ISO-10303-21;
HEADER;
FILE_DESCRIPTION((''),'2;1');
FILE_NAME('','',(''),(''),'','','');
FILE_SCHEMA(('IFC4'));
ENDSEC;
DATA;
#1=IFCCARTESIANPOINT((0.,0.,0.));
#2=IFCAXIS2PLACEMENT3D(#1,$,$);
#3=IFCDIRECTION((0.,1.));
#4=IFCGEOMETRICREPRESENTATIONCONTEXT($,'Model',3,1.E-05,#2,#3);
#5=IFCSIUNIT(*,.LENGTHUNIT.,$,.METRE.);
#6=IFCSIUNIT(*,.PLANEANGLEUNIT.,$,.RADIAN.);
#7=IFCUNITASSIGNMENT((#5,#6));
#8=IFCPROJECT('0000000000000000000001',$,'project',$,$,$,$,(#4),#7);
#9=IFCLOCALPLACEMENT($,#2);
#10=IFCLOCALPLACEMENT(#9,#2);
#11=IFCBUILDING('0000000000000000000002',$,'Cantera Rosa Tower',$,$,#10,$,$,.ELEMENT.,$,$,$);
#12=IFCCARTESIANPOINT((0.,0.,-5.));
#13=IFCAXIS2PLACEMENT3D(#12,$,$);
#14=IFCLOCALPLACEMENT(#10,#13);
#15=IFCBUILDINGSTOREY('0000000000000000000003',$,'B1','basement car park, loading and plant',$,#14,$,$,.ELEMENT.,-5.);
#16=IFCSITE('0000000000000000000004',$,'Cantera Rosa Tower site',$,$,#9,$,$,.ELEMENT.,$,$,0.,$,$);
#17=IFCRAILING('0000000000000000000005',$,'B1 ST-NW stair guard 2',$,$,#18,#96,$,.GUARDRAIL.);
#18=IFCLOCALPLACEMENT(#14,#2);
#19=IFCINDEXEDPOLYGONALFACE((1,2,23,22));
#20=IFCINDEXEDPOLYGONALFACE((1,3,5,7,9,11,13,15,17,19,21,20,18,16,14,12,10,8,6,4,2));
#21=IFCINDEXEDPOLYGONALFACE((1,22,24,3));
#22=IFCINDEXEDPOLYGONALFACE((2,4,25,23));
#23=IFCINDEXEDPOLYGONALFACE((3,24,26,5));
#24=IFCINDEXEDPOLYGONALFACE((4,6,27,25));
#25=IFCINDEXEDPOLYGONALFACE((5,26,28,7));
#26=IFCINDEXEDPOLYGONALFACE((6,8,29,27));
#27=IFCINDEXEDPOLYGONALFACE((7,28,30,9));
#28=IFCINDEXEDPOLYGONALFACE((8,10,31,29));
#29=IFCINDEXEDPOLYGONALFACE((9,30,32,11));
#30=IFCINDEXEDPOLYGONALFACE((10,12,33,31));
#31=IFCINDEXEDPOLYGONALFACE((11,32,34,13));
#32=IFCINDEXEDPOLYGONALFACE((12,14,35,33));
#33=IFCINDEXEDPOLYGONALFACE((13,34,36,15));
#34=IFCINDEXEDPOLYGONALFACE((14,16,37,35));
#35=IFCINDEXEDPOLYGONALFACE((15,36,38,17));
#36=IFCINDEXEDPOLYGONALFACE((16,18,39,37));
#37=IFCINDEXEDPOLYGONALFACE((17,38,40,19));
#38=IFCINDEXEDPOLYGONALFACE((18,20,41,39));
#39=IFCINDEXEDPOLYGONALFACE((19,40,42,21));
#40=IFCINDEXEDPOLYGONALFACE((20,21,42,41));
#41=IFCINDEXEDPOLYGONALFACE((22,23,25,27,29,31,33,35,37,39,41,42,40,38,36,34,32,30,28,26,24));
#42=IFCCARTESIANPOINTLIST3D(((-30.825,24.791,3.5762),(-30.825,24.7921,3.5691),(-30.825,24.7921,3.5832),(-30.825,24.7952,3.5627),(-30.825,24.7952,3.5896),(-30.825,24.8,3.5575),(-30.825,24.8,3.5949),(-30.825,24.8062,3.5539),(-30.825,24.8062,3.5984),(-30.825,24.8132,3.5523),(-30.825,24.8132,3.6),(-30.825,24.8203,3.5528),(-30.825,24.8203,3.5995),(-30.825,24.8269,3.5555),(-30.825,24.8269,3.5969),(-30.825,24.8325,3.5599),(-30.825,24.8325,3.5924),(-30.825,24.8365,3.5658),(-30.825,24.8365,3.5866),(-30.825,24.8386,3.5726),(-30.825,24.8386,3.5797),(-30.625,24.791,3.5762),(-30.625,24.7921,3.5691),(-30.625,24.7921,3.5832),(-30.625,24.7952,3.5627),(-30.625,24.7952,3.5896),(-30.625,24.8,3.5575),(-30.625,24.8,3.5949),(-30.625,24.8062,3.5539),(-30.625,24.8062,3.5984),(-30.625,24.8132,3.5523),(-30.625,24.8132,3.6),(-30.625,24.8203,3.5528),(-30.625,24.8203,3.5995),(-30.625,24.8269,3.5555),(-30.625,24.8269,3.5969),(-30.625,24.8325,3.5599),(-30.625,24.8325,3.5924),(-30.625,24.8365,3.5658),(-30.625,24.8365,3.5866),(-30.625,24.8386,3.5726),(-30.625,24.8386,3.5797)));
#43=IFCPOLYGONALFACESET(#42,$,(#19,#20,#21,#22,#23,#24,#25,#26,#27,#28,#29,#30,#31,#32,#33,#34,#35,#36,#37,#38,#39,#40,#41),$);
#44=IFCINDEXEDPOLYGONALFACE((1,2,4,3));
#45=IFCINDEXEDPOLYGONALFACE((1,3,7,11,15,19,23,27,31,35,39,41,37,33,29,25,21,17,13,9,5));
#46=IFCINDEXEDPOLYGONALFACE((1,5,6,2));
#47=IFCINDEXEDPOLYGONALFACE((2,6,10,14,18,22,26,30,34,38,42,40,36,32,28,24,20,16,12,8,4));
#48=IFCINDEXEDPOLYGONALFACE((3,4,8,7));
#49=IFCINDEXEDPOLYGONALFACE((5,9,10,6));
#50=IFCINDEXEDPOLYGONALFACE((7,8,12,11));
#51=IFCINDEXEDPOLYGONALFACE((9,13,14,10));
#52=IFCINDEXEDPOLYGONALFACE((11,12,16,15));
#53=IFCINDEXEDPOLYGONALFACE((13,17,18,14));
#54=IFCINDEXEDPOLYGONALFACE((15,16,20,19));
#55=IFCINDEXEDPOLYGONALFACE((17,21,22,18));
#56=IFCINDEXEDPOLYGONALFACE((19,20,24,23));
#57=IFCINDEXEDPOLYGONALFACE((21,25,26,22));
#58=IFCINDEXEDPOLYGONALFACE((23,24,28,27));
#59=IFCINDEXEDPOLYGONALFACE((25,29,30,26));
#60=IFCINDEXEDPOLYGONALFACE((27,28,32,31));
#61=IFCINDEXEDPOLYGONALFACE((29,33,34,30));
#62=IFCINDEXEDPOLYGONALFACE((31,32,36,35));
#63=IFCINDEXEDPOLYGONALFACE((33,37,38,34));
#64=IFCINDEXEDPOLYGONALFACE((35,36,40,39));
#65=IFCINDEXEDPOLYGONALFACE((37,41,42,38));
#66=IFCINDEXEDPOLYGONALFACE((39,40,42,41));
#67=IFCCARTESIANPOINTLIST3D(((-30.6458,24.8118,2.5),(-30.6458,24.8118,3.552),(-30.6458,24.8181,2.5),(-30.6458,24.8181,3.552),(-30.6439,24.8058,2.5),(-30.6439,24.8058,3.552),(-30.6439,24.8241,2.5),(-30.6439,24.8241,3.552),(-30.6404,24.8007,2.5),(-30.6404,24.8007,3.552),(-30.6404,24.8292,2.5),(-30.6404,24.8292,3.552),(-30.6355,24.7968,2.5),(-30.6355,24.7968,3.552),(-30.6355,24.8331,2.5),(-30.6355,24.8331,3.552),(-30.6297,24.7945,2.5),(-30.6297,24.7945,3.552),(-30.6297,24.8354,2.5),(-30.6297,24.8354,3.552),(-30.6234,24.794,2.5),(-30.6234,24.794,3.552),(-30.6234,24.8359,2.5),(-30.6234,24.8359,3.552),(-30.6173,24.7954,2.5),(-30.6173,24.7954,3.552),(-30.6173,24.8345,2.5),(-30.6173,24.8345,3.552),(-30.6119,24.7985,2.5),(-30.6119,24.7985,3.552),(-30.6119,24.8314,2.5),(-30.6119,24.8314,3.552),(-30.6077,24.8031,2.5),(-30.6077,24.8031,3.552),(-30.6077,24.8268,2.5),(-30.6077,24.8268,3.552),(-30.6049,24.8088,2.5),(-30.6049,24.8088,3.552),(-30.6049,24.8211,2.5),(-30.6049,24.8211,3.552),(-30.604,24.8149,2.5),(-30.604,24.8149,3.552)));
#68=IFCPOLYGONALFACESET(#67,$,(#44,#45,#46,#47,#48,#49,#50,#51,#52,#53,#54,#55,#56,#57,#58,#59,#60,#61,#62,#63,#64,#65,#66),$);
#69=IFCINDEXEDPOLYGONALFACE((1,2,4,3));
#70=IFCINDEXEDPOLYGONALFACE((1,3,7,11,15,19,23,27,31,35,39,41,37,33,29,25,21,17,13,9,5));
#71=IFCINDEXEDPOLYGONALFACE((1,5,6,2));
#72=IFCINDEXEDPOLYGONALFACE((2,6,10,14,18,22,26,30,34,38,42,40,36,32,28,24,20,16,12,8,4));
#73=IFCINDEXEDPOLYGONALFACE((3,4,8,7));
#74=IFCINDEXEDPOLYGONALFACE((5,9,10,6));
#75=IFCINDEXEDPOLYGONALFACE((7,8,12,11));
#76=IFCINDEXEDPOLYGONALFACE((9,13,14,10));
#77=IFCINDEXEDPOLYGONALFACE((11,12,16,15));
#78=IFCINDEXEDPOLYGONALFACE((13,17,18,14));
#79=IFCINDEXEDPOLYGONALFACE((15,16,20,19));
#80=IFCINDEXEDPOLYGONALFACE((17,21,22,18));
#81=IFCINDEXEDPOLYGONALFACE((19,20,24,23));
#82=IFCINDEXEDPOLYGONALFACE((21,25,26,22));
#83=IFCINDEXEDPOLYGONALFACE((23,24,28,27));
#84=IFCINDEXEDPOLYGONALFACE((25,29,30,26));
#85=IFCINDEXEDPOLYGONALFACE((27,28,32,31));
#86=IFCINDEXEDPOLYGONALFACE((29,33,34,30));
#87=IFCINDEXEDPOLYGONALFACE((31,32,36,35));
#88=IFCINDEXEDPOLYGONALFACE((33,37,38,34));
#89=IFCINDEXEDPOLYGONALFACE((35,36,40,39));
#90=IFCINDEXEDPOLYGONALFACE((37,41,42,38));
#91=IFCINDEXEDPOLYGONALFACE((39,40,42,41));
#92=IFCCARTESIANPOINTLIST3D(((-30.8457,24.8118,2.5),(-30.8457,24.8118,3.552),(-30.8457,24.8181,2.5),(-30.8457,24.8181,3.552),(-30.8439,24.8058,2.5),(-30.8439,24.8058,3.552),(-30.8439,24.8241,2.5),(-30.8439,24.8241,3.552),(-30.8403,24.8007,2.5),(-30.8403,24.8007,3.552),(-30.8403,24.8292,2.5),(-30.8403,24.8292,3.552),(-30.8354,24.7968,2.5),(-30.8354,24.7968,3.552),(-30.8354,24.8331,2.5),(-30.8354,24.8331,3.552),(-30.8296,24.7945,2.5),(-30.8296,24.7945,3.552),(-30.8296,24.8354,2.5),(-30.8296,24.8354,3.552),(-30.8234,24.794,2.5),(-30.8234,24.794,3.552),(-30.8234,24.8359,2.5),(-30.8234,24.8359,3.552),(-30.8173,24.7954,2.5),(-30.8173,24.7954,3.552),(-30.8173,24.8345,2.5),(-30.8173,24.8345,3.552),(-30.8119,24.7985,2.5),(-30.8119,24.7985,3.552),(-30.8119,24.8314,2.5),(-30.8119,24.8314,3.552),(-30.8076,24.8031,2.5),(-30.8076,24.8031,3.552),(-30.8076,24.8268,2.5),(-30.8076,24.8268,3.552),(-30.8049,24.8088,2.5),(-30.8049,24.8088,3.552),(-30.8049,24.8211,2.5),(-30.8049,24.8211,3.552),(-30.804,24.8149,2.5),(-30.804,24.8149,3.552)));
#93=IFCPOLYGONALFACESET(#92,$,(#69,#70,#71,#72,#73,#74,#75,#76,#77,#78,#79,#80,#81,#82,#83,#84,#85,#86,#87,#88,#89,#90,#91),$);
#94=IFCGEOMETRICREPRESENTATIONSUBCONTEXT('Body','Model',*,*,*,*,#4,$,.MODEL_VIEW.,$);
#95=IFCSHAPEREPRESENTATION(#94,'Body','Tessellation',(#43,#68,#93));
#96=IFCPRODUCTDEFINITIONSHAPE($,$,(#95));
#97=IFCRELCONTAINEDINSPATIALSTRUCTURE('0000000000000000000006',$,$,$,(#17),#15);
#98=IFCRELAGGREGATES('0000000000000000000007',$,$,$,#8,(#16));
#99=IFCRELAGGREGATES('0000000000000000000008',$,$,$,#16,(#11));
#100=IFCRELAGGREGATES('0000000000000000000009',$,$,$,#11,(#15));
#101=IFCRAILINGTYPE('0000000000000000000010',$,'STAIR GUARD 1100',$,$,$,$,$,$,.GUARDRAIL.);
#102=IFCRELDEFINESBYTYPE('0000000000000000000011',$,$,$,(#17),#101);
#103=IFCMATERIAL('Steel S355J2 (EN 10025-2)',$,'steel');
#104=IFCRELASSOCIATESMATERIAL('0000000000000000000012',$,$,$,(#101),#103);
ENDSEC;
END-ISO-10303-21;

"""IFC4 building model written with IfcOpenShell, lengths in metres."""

from ifc_helpers import new_model, si_unit, direction, frame, origin, origin_2d, place, context, subcontext, project, spatial, circle, extrude, material, type_object, element, save


model = new_model("IFC4")

# Units and contexts
model_context = context("Model", 3, precision=1e-05, world=origin(), true_north=direction((0.0, 1.0)))
body_context = subcontext(model_context, "Body", "Model", "MODEL_VIEW")
ifc_project = project(units=[si_unit("LENGTHUNIT", "METRE"), si_unit("PLANEANGLEUNIT", "RADIAN")], contexts=[model_context])

# Site, building, storey
site_placement = place(None, origin())
site = spatial("IfcSite", under=ifc_project, at=site_placement, Name="Cantera Rosa Tower site", CompositionType="ELEMENT", RefElevation=0.0)
building_placement = place(site_placement, origin())
building = spatial("IfcBuilding", under=site, at=building_placement, Name="Cantera Rosa Tower", CompositionType="ELEMENT")
storey_placement = place(building_placement, frame((0.0, 0.0, -5.0)))
storey = spatial("IfcBuildingStorey", under=building, at=storey_placement, Name="B1", Description="basement car park, loading and plant", CompositionType="ELEMENT", Elevation=-5.0)

# Railing
ifc_material_1 = material(Name="Steel S355J2 (EN 10025-2)", Category="steel")
railing_type_1 = type_object("IfcRailingType", Name="STAIR GUARD 1100", PredefinedType="GUARDRAIL", material=ifc_material_1)
railing_1_placement = place(storey_placement, frame((-30.625, 24.8149, 2.5)))
element("IfcRailing", 1, at=railing_1_placement, inside=storey, type_object=railing_type_1, Name="B1 ST-NW stair guard 2", PredefinedType="GUARDRAIL", context=body_context, shape_type="SweptSolid", body=[
    extrude(circle(Radius=0.0239, at=origin_2d()), frame((0.0, 0.0, 1.0762), z_axis=(-1.0, 0.0, 0.0), x_axis=(0.0, -1.0, 0.0)), (0.0, 0.0, 1.0), 0.2),
    extrude(circle(Radius=0.021, at=origin_2d()), origin(), (0.0, 0.0, 1.0), 1.052),
    extrude(circle(Radius=0.021, at=origin_2d()), frame((-0.2, 0.0, 0.0)), (0.0, 0.0, 1.0), 1.052),
])

save(model, "model.ifc")
